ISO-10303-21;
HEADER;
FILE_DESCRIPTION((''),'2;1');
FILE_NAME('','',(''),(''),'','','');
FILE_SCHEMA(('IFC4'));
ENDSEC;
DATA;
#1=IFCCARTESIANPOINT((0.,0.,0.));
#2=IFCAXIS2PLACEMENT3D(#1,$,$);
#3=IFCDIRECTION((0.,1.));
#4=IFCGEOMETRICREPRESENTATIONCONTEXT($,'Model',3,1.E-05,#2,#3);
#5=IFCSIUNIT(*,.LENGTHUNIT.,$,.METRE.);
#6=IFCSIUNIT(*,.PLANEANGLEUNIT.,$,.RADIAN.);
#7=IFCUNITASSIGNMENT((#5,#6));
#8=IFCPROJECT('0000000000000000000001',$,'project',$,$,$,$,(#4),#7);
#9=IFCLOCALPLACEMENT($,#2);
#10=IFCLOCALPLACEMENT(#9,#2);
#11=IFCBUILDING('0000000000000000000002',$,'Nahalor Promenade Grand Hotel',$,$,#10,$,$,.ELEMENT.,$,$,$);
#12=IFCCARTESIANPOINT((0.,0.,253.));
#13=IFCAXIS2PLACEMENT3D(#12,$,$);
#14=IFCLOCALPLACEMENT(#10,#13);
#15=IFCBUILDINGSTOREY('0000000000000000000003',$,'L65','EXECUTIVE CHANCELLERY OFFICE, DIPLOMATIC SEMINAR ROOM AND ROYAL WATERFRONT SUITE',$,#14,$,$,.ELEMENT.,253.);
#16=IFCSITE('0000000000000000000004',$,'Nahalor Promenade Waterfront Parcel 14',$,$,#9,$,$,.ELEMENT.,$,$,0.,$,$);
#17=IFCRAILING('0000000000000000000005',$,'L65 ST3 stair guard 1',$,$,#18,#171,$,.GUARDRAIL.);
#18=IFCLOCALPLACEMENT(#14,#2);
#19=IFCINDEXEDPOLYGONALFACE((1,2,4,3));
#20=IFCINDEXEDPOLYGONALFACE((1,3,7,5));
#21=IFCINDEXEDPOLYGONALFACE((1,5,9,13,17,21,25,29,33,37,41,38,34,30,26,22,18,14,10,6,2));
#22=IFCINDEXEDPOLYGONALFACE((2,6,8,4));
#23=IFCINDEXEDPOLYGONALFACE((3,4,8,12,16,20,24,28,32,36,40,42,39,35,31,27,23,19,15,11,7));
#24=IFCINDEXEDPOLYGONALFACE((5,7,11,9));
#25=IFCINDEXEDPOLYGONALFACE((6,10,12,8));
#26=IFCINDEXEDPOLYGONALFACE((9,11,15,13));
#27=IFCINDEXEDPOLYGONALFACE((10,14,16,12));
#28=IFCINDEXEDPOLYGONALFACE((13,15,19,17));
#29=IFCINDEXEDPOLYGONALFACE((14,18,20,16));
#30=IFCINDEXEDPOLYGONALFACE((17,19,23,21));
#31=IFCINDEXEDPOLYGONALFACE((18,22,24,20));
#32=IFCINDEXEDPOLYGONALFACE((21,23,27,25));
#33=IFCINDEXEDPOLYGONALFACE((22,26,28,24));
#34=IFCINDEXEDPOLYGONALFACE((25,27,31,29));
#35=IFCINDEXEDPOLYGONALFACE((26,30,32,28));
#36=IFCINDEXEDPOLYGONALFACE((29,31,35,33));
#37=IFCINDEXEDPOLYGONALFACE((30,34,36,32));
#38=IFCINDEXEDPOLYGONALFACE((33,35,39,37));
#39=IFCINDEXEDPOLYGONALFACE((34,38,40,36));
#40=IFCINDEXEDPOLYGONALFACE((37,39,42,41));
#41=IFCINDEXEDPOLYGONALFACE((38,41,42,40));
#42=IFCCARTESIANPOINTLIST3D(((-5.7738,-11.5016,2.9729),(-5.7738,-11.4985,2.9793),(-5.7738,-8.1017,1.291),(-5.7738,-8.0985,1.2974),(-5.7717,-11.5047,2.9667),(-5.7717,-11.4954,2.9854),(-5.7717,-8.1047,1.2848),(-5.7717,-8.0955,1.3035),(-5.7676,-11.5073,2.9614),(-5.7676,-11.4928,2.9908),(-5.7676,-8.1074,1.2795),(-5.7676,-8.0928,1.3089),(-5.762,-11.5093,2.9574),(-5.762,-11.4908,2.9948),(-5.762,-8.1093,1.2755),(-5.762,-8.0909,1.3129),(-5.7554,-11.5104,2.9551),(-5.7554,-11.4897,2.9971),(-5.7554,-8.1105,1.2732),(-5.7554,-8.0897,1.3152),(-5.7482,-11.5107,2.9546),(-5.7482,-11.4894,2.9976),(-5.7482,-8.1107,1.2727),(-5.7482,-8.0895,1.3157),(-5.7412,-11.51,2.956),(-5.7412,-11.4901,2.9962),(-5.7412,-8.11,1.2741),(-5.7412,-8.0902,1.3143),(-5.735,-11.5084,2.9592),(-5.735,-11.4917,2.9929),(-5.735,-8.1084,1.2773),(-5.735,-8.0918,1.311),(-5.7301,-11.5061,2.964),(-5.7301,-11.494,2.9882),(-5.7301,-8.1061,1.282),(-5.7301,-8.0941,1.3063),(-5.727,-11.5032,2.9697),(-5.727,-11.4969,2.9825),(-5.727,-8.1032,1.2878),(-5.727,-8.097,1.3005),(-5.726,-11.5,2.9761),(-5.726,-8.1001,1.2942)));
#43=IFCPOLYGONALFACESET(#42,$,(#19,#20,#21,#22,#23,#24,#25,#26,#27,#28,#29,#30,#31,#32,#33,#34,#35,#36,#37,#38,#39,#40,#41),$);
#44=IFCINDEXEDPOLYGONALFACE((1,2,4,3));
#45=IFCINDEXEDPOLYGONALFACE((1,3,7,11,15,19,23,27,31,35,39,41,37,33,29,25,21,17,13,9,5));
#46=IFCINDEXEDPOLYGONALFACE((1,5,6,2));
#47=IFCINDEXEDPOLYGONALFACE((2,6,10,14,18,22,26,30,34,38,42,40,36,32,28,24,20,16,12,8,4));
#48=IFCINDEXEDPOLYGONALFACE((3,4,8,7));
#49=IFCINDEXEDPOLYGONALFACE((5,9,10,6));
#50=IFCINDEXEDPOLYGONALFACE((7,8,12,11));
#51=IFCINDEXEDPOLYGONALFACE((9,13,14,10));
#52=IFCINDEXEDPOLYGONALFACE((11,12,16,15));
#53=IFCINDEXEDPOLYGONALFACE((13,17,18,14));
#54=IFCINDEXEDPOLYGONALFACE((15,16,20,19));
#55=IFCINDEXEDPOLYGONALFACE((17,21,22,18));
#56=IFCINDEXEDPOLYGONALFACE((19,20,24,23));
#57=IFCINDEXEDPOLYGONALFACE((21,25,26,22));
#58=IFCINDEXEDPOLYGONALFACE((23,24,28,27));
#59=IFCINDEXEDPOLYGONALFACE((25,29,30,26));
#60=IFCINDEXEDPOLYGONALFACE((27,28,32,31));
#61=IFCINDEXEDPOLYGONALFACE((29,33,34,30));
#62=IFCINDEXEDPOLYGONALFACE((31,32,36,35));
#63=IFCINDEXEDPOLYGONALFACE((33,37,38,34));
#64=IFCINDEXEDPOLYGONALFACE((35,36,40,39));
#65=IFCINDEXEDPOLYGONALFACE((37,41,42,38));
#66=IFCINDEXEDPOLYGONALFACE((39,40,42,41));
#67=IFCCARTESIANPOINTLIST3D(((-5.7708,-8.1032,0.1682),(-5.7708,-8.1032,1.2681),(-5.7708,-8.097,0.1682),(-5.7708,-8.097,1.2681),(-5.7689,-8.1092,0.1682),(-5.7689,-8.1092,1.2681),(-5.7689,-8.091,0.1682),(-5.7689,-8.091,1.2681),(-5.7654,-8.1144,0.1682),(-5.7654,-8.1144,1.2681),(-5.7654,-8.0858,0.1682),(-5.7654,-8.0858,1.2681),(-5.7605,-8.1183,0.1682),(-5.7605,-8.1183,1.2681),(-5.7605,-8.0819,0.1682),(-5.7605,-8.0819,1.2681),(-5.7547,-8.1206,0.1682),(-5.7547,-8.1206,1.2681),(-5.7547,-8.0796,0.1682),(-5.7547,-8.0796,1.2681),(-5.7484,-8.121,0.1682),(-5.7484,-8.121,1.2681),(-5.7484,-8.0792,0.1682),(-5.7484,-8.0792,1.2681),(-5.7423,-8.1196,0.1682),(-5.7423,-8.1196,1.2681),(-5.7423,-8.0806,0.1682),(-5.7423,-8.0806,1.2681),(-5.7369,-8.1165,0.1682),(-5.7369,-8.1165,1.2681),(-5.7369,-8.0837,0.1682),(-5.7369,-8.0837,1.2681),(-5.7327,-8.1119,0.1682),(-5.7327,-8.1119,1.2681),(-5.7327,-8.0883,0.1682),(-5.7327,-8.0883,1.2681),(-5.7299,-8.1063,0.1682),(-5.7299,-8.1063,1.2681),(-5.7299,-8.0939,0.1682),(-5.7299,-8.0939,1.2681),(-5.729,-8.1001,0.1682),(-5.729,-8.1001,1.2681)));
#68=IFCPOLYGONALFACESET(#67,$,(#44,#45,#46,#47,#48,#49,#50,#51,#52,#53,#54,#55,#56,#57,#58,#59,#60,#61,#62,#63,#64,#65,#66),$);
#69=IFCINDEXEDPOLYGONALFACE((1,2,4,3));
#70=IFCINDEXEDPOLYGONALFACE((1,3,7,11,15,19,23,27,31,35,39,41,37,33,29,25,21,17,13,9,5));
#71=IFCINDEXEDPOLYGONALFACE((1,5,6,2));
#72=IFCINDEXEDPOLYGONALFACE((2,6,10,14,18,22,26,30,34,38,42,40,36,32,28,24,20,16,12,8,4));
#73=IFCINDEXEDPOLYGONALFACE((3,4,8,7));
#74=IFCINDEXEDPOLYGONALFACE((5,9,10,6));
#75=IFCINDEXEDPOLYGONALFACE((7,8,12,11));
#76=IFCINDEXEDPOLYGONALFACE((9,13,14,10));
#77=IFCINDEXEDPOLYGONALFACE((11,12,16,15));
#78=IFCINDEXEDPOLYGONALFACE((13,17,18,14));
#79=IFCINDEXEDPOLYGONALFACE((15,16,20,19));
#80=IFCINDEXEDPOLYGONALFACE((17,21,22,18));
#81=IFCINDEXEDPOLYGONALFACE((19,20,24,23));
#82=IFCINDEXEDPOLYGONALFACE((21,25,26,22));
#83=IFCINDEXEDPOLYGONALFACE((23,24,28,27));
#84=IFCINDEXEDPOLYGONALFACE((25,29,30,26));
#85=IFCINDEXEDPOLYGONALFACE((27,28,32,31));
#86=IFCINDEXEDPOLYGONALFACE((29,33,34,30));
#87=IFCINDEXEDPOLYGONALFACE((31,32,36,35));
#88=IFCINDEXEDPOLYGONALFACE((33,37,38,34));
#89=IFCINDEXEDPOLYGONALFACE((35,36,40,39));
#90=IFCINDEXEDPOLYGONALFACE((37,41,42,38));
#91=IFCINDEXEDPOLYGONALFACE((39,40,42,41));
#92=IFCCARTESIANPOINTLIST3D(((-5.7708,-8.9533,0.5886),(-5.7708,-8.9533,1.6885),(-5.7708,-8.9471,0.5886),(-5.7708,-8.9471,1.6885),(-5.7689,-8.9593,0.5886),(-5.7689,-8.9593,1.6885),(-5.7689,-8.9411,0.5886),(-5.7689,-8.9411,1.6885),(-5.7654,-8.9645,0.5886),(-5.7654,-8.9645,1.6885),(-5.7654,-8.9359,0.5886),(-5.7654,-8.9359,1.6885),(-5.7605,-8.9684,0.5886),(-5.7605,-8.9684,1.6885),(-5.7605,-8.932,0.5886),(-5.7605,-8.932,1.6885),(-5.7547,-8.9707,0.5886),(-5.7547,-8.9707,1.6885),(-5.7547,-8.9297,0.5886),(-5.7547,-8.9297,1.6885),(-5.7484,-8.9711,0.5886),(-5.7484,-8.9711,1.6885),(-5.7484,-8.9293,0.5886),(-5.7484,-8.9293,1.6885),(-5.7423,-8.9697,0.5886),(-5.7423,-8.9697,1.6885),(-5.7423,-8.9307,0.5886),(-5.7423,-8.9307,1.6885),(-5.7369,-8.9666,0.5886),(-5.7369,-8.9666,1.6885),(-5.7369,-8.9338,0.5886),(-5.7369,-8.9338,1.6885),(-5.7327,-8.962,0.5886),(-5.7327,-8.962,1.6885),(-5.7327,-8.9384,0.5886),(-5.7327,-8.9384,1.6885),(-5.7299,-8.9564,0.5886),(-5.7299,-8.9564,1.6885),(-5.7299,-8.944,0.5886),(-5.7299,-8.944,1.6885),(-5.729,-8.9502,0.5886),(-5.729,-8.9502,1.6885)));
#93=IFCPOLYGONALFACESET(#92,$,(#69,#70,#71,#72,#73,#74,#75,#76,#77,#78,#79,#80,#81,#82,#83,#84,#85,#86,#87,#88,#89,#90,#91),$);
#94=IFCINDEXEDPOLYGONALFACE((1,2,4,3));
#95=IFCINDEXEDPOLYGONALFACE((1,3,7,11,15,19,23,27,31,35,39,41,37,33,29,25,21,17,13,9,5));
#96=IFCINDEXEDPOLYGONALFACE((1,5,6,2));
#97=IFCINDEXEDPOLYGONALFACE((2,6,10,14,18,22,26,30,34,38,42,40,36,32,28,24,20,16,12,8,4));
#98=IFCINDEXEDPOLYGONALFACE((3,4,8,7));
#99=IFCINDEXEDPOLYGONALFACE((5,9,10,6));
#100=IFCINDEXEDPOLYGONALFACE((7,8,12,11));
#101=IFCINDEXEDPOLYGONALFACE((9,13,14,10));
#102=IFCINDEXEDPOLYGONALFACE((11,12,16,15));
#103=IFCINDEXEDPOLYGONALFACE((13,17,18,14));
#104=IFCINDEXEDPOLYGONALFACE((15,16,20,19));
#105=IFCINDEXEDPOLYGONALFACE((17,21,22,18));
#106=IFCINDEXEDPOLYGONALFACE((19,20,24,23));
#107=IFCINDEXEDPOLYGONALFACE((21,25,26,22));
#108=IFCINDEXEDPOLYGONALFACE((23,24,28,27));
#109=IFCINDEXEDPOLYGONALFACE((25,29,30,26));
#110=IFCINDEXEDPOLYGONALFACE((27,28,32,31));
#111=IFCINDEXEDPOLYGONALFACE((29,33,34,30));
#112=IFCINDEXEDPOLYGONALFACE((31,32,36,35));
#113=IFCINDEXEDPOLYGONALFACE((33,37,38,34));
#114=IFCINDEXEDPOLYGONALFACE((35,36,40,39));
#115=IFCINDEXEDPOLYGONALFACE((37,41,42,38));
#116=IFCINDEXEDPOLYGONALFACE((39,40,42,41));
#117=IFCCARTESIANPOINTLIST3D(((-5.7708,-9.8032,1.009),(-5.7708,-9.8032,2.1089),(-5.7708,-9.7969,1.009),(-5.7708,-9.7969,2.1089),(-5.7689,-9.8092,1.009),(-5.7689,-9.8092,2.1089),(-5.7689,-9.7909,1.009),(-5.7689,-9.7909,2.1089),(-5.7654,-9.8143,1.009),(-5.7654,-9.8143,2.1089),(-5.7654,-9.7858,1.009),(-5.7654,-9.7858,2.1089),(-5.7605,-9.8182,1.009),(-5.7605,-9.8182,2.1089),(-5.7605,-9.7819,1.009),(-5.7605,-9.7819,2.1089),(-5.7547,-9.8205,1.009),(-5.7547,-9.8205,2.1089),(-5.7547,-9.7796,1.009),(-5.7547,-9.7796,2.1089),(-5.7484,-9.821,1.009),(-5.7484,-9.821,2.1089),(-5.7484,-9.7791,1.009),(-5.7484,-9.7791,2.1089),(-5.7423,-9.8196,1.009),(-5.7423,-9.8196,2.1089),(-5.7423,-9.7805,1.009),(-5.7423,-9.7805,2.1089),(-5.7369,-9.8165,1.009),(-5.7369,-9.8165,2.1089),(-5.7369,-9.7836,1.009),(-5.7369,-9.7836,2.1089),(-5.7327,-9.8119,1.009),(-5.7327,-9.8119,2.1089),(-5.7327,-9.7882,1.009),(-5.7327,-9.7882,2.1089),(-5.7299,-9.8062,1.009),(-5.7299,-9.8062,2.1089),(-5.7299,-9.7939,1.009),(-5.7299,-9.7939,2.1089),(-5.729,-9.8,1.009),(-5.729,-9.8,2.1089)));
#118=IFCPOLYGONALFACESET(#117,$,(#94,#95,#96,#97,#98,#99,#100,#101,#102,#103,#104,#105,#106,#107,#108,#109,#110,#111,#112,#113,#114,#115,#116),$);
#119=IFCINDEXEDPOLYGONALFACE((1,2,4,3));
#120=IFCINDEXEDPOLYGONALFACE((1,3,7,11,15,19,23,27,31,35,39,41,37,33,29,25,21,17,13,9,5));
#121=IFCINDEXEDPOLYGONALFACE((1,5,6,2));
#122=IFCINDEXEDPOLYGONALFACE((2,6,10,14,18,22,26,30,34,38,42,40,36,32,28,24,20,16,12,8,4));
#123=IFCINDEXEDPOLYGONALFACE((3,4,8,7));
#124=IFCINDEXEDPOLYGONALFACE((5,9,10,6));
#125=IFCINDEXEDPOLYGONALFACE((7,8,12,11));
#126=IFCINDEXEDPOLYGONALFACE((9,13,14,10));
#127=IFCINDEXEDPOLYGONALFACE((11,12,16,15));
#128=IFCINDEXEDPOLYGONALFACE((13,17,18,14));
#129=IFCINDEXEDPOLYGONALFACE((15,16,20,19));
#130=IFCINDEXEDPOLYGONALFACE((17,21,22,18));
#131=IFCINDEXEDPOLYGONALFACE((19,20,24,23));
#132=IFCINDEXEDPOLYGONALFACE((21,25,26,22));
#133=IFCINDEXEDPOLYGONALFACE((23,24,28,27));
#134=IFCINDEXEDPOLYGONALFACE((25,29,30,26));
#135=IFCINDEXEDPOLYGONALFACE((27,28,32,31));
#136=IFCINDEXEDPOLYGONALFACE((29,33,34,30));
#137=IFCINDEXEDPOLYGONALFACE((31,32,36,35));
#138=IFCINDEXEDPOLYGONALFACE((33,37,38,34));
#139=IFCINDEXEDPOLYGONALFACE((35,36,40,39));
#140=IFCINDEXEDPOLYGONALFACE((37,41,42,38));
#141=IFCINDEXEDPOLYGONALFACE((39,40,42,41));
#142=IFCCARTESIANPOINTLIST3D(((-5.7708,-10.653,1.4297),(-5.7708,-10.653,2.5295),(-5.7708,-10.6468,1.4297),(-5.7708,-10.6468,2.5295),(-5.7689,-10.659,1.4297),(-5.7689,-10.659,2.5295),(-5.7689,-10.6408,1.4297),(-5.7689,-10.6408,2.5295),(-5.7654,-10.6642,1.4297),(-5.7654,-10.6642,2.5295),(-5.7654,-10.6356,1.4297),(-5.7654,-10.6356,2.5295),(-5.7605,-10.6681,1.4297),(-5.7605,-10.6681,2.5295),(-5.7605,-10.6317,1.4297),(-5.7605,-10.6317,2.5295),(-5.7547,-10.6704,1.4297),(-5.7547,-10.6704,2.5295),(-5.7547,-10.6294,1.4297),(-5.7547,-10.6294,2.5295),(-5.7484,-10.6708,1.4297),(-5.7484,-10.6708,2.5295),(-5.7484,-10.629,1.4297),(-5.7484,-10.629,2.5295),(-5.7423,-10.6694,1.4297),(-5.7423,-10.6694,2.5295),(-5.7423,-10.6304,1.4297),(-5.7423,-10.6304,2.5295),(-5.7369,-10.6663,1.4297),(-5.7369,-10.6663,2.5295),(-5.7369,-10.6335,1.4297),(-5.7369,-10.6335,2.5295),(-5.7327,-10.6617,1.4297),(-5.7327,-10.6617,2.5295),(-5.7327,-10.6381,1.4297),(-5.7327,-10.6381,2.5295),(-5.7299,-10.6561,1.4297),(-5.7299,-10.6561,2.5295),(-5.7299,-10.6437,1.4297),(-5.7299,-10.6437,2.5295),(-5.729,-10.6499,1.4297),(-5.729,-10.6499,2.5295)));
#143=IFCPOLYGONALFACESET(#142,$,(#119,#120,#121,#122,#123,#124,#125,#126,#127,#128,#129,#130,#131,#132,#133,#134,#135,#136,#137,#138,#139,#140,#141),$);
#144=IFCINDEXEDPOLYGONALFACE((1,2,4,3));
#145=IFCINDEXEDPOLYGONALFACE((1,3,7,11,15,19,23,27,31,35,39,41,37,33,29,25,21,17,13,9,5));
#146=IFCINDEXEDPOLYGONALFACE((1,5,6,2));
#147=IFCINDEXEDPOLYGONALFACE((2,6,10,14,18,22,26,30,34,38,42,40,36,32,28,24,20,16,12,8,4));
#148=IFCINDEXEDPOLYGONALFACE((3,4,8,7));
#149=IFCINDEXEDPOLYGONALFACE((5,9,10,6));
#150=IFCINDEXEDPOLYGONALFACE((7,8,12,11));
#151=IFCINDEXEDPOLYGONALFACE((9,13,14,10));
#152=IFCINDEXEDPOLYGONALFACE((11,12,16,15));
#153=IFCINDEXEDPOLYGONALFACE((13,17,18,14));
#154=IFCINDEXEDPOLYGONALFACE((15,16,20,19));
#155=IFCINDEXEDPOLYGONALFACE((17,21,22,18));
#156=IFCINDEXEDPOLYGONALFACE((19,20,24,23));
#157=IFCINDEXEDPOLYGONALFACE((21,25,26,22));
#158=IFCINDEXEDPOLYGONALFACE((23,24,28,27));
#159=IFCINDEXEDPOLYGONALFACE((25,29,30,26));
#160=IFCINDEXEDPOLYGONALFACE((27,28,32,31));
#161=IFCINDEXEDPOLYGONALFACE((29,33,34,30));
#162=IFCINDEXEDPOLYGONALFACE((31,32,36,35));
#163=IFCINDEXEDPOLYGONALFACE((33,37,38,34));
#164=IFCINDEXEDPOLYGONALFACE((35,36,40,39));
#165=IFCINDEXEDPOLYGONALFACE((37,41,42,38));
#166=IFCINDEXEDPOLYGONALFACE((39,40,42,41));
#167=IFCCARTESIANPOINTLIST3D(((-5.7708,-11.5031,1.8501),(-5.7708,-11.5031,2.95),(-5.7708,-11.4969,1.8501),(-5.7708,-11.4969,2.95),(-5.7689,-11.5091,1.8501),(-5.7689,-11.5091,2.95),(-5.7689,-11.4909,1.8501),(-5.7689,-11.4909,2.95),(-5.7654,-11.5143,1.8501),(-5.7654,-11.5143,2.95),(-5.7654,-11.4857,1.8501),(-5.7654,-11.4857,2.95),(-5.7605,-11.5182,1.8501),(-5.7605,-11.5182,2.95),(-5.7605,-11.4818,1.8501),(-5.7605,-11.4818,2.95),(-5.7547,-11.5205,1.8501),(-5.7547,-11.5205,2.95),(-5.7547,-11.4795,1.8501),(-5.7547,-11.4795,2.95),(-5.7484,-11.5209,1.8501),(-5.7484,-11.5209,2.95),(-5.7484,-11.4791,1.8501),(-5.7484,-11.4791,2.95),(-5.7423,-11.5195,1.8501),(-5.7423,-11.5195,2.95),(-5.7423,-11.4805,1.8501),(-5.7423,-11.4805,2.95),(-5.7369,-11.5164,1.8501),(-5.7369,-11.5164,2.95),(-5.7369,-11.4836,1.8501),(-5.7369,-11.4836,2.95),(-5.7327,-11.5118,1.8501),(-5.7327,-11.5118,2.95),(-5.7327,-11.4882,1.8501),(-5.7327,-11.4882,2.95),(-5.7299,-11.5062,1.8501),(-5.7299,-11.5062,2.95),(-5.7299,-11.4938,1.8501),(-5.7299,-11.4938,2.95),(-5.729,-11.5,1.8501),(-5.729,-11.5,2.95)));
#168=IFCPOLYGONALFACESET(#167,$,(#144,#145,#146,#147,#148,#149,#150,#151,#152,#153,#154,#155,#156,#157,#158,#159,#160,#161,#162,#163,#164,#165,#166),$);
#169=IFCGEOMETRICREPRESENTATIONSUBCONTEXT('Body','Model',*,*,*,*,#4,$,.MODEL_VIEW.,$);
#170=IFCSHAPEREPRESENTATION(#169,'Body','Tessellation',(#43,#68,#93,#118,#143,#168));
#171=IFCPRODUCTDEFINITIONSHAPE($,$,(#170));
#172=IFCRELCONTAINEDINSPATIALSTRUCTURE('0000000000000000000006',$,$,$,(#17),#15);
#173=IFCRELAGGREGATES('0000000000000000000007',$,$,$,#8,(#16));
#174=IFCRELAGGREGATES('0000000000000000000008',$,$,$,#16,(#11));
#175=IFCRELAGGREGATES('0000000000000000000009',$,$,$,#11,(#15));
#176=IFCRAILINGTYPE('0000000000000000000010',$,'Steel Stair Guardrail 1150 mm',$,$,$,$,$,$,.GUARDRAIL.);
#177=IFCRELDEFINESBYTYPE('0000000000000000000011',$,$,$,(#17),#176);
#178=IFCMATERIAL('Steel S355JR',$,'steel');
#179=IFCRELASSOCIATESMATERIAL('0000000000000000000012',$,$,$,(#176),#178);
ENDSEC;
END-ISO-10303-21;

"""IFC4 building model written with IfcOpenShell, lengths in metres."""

from ifc_helpers import new_model, si_unit, direction, frame, origin, origin_2d, place, context, subcontext, project, spatial, circle, extrude, material, type_object, element, save


model = new_model("IFC4")

# Units and contexts
model_context = context("Model", 3, precision=1e-05, world=origin(), true_north=direction((0.0, 1.0)))
body_context = subcontext(model_context, "Body", "Model", "MODEL_VIEW")
ifc_project = project(units=[si_unit("LENGTHUNIT", "METRE"), si_unit("PLANEANGLEUNIT", "RADIAN")], contexts=[model_context])

# Site, building, storey
site_placement = place(None, origin())
site = spatial("IfcSite", under=ifc_project, at=site_placement, Name="Nahalor Promenade Waterfront Parcel 14", CompositionType="ELEMENT", RefElevation=0.0)
building_placement = place(site_placement, origin())
building = spatial("IfcBuilding", under=site, at=building_placement, Name="Nahalor Promenade Grand Hotel", CompositionType="ELEMENT")
storey_placement = place(building_placement, frame((0.0, 0.0, 253.0)))
storey = spatial("IfcBuildingStorey", under=building, at=storey_placement, Name="L65", Description="EXECUTIVE CHANCELLERY OFFICE, DIPLOMATIC SEMINAR ROOM AND ROYAL WATERFRONT SUITE", CompositionType="ELEMENT", Elevation=253.0)

# Shared definitions
ifc_material_1 = material(Name="Steel S355JR", Category="steel")

# Railing
railing_type_1 = type_object("IfcRailingType", Name="Steel Stair Guardrail 1150 mm", PredefinedType="GUARDRAIL", material=ifc_material_1)
railing_1_placement = place(storey_placement, frame((-5.75, -8.1001, 0.1682)))
element("IfcRailing", 1, at=railing_1_placement, inside=storey, type_object=railing_type_1, Name="L65 ST3 stair guard 1", PredefinedType="GUARDRAIL", context=body_context, shape_type="SweptSolid", body=[
    extrude(circle(Radius=0.024, at=origin_2d()), frame((0.0, 0.0, 1.126), z_axis=(0.0, -0.896324, 0.443399), x_axis=(1.0, 0.0, 0.0)), (0.0, 0.0, 1.0), 3.7932),
    extrude(circle(Radius=0.021, at=origin_2d()), origin(), (0.0, 0.0, 1.0), 1.0999),
    extrude(circle(Radius=0.021, at=origin_2d()), frame((0.0, -0.8501, 0.4204)), (0.0, 0.0, 1.0), 1.0999),
    extrude(circle(Radius=0.021, at=origin_2d()), frame((0.0, -1.7, 0.8408)), (0.0, 0.0, 1.0), 1.0999),
    extrude(circle(Radius=0.021, at=origin_2d()), frame((0.0, -2.5498, 1.2615)), (0.0, 0.0, 1.0), 1.0999),
    extrude(circle(Radius=0.021, at=origin_2d()), frame((0.0, -3.3999, 1.6819)), (0.0, 0.0, 1.0), 1.0999),
])

save(model, "model.ifc")
